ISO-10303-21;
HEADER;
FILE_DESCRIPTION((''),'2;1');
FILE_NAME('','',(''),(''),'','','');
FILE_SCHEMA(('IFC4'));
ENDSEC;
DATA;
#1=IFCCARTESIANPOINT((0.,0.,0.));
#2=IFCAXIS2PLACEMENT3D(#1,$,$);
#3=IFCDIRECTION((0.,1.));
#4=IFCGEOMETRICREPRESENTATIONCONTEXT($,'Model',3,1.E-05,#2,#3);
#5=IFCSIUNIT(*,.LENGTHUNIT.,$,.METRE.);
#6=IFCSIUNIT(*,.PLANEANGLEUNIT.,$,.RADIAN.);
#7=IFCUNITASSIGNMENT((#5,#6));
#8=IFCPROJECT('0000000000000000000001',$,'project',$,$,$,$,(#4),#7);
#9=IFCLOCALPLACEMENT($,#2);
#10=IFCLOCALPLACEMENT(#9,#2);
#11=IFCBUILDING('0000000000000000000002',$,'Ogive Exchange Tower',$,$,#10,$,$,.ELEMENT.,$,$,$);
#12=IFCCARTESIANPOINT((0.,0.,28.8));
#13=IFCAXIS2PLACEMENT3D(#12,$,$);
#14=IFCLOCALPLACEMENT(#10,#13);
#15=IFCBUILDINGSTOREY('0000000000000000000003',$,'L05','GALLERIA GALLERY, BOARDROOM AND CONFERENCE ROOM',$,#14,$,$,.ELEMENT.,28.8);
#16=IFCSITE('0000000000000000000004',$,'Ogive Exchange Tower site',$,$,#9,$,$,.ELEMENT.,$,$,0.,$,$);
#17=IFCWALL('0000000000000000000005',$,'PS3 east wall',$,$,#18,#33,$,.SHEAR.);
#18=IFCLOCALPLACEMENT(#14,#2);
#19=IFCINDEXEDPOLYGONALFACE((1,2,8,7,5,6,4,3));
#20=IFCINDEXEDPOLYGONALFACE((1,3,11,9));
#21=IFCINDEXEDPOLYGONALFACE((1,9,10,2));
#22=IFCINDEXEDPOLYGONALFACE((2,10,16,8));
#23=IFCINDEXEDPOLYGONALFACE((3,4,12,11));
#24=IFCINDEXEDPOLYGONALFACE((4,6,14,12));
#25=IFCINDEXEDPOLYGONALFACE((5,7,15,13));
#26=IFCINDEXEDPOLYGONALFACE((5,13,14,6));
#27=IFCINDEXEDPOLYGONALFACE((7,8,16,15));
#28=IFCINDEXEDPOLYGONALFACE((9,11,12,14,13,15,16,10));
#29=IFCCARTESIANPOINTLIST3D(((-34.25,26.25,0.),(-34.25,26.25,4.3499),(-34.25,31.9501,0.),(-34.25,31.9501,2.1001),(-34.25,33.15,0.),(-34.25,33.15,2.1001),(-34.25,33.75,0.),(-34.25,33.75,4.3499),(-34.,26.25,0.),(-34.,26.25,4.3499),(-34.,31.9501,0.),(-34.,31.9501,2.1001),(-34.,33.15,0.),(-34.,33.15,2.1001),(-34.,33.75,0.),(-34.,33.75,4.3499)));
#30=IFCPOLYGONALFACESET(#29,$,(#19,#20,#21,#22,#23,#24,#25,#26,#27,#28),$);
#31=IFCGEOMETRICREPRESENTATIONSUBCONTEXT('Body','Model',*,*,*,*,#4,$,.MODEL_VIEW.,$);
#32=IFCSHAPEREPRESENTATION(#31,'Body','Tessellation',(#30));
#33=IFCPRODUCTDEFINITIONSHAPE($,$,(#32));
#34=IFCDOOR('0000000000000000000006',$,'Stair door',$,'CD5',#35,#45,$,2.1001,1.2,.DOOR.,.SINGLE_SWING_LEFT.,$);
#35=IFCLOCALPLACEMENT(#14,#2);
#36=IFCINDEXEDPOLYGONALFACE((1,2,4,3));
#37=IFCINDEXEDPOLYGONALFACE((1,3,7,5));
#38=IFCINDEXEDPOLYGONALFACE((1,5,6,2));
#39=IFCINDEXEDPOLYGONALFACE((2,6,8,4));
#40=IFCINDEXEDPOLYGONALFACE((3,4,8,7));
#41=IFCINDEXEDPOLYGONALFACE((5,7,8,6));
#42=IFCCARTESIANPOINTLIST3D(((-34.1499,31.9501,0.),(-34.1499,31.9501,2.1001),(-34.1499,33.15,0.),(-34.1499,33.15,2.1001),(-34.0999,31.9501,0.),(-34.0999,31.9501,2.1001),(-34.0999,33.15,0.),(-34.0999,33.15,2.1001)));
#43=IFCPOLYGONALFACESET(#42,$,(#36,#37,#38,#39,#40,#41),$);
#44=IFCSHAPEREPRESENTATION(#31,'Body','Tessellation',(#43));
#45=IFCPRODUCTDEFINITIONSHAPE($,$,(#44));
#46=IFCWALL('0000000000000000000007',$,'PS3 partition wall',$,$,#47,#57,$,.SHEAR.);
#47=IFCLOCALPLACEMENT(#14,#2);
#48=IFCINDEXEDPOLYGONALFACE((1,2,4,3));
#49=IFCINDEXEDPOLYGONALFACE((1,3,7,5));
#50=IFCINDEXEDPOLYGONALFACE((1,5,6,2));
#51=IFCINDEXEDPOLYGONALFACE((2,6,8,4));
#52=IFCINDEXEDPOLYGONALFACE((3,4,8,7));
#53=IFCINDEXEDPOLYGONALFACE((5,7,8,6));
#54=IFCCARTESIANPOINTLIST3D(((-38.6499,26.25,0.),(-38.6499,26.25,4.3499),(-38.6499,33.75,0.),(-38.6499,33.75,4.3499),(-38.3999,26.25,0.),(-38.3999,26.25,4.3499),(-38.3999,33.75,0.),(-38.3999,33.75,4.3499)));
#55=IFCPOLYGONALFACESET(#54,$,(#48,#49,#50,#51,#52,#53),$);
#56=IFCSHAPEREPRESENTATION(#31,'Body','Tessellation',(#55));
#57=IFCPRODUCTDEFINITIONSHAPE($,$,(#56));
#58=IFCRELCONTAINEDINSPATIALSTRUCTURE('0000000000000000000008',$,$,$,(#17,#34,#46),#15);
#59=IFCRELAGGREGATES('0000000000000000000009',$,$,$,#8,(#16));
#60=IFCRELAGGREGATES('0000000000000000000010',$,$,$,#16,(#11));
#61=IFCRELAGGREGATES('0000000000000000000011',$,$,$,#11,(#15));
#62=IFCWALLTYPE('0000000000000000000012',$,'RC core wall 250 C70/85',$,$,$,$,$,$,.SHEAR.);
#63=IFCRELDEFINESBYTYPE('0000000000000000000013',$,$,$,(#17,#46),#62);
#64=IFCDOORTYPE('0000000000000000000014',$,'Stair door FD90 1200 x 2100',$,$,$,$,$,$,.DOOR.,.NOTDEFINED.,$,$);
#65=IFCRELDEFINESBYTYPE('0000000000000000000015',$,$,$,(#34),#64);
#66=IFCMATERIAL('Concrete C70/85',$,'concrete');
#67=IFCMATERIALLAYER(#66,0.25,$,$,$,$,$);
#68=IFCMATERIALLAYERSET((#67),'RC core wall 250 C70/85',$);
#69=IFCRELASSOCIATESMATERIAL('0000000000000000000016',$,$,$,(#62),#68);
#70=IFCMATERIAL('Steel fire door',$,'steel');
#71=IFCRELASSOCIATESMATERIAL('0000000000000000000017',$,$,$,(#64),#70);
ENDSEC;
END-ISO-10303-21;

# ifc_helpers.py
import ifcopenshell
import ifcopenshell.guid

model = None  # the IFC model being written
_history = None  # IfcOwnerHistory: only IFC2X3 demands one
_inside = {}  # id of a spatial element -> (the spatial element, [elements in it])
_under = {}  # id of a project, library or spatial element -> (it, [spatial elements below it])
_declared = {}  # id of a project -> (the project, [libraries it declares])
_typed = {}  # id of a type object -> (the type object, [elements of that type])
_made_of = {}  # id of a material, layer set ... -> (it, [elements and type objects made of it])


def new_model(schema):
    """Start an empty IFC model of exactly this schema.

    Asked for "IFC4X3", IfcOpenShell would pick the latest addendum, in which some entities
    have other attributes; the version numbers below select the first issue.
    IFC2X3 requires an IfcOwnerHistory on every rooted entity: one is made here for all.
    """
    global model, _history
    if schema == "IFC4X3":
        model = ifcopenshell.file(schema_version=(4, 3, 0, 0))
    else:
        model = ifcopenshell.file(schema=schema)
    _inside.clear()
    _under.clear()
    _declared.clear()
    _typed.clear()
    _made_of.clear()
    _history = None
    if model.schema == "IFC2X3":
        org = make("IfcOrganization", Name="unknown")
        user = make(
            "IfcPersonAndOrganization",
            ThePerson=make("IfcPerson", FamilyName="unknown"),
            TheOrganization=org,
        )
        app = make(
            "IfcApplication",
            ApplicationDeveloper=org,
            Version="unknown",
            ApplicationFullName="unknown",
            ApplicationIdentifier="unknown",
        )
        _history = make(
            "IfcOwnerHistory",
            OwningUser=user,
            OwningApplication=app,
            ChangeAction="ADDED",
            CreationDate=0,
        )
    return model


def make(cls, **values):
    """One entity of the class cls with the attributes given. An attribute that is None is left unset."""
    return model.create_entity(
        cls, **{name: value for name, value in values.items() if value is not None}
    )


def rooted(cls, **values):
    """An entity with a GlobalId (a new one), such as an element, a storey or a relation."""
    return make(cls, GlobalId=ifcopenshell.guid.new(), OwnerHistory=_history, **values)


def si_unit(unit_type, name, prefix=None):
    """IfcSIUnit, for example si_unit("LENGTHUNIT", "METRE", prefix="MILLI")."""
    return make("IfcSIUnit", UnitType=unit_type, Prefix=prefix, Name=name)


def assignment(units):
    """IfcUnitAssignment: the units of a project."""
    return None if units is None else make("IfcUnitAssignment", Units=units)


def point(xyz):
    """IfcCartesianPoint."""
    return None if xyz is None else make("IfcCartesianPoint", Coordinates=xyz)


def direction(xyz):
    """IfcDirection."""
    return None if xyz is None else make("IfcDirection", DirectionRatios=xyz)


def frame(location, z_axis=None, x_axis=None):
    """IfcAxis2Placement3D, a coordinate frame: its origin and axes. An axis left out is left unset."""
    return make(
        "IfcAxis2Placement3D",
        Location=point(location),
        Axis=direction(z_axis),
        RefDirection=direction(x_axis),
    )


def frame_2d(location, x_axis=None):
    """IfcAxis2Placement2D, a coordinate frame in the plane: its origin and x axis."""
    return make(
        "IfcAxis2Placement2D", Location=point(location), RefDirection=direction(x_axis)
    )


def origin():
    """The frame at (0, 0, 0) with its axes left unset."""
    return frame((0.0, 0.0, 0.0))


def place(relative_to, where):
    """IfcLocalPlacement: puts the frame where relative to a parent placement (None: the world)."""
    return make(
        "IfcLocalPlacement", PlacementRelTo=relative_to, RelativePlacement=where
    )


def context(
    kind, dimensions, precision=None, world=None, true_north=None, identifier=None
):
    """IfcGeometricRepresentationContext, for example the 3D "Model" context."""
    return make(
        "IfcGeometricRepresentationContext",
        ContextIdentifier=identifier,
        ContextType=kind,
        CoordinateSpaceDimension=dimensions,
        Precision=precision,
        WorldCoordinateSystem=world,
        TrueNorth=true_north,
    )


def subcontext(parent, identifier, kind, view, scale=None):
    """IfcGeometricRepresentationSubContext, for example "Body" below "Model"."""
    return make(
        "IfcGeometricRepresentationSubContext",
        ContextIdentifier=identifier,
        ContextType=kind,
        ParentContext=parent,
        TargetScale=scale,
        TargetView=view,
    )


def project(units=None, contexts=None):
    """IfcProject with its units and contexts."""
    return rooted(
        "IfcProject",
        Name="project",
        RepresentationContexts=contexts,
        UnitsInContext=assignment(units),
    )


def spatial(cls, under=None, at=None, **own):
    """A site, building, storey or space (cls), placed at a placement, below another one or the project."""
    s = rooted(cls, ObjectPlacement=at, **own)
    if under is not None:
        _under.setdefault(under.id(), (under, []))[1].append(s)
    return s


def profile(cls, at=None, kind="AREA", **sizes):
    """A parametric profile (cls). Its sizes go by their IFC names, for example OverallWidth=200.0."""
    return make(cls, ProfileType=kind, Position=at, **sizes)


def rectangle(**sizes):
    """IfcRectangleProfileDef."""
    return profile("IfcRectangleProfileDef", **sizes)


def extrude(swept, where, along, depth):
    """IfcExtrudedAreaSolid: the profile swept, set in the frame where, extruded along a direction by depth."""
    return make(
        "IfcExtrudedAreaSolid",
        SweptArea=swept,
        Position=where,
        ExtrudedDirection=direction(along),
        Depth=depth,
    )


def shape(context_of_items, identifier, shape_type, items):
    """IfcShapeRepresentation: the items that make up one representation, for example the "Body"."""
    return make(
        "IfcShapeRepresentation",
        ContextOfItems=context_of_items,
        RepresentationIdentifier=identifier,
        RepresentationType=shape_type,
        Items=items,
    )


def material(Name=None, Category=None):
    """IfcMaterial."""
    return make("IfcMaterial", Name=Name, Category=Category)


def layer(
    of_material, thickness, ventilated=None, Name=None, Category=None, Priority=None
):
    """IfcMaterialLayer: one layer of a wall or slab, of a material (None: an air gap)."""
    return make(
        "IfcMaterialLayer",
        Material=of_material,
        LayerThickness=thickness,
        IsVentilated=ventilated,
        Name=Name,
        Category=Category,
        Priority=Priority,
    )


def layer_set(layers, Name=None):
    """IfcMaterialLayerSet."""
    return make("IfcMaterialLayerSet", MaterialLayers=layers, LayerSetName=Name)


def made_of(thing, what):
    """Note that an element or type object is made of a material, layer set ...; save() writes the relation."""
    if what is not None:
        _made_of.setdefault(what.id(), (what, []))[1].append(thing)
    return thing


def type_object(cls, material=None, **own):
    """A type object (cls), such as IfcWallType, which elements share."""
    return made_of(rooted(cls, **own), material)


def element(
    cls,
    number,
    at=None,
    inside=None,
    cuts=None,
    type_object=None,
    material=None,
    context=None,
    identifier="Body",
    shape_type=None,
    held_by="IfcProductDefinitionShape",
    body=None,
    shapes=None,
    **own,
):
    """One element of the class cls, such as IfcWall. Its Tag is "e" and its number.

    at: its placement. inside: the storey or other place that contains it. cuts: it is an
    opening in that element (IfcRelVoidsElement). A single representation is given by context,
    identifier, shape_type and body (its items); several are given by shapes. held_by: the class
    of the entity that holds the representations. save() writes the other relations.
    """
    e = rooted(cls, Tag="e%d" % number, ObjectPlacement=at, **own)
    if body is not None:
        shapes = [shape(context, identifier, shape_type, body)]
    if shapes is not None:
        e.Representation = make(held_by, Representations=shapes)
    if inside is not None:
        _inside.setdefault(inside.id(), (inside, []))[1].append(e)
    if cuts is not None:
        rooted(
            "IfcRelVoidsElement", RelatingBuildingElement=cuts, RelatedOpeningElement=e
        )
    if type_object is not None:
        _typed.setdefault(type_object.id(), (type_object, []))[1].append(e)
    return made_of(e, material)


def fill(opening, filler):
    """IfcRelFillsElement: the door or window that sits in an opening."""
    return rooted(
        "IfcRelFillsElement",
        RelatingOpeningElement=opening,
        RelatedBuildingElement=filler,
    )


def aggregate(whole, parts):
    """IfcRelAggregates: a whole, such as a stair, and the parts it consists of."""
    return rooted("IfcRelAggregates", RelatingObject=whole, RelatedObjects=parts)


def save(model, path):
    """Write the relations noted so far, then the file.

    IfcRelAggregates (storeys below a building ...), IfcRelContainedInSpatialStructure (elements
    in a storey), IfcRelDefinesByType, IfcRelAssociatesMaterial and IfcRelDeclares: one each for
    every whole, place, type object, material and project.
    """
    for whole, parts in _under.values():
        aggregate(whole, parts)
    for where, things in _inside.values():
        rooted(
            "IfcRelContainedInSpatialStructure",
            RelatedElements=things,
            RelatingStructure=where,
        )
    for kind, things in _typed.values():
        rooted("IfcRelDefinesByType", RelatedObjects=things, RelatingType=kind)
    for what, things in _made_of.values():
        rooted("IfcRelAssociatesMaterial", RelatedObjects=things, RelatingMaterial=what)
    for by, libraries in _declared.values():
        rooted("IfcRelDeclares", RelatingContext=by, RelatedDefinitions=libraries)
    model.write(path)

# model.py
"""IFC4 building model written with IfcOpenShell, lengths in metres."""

from ifc_helpers import new_model, si_unit, direction, frame, frame_2d, origin, place, context, subcontext, project, spatial, rectangle, extrude, material, layer, layer_set, type_object, element, fill, save


model = new_model("IFC4")

# Units and contexts
model_context = context("Model", 3, precision=1e-05, world=origin(), true_north=direction((0.0, 1.0)))
body_context = subcontext(model_context, "Body", "Model", "MODEL_VIEW")
ifc_project = project(units=[si_unit("LENGTHUNIT", "METRE"), si_unit("PLANEANGLEUNIT", "RADIAN")], contexts=[model_context])

# Site, building, storey
site_placement = place(None, origin())
site = spatial("IfcSite", under=ifc_project, at=site_placement, Name="Ogive Exchange Tower site", CompositionType="ELEMENT", RefElevation=0.0)
building_placement = place(site_placement, origin())
building = spatial("IfcBuilding", under=site, at=building_placement, Name="Ogive Exchange Tower", CompositionType="ELEMENT")
storey_placement = place(building_placement, frame((0.0, 0.0, 28.8)))
storey = spatial("IfcBuildingStorey", under=building, at=storey_placement, Name="L05", Description="GALLERIA GALLERY, BOARDROOM AND CONFERENCE ROOM", CompositionType="ELEMENT", Elevation=28.8)

# Shared definitions
ifc_material_1 = material(Name="Concrete C70/85", Category="concrete")

# Shared definitions
ifc_layer_1 = layer(ifc_material_1, 0.25)
ifc_layer_set_1 = layer_set([ifc_layer_1], Name="RC core wall 250 C70/85")
wall_type_1 = type_object("IfcWallType", Name="RC core wall 250 C70/85", PredefinedType="SHEAR", material=ifc_layer_set_1)

# Wall, opening, door
ifc_material_2 = material(Name="Steel fire door", Category="steel")
wall_1_placement = place(storey_placement, frame((-34.125, 26.25, 0.0), z_axis=(0.0, 0.0, 1.0), x_axis=(0.0, 1.0, 0.0)))
wall_1 = element("IfcWall", 1, at=wall_1_placement, inside=storey, type_object=wall_type_1, Name="PS3 east wall", PredefinedType="SHEAR", context=body_context, shape_type="SweptSolid", body=[
    extrude(rectangle(XDim=7.5, YDim=0.25, at=frame_2d((3.75, 0.0))), origin(), (0.0, 0.0, 1.0), 4.3499),
])
opening_1_placement = place(wall_1_placement, frame((5.7, 0.0, 0.0)))
opening_1 = element("IfcOpeningElement", 2, at=opening_1_placement, cuts=wall_1, PredefinedType="OPENING", context=body_context, shape_type="SweptSolid", body=[
    extrude(rectangle(XDim=1.2, YDim=2.1001, at=frame_2d((0.6001, 1.05))), frame((0.0, 0.135, 0.0), z_axis=(0.0, -1.0, 0.0), x_axis=(1.0, 0.0, 0.0)), (0.0, 0.0, 1.0), 0.27),
])
door_type_1 = type_object("IfcDoorType", Name="Stair door FD90 1200 x 2100", OperationType="NOTDEFINED", PredefinedType="DOOR", material=ifc_material_2)
door_1_placement = place(opening_1_placement, origin())
door_1 = element("IfcDoor", 3, at=door_1_placement, inside=storey, type_object=door_type_1, Name="Stair door", ObjectType="CD5", OperationType="SINGLE_SWING_LEFT", OverallHeight=2.1001, OverallWidth=1.2, PredefinedType="DOOR", context=body_context, shape_type="SweptSolid", body=[
    extrude(rectangle(XDim=1.2, YDim=2.1001, at=frame_2d((0.6001, 1.05))), frame((0.0, 0.0249, 0.0), z_axis=(0.0, -1.0, 0.0), x_axis=(1.0, 0.0, 0.0)), (0.0, 0.0, 1.0), 0.05),
])
fill(opening_1, door_1)

# Wall
wall_2_placement = place(storey_placement, frame((-38.5249, 26.25, 0.0), z_axis=(0.0, 0.0, 1.0), x_axis=(0.0, 1.0, 0.0)))
element("IfcWall", 4, at=wall_2_placement, inside=storey, type_object=wall_type_1, Name="PS3 partition wall", PredefinedType="SHEAR", context=body_context, shape_type="SweptSolid", body=[
    extrude(rectangle(XDim=7.5, YDim=0.25, at=frame_2d((3.75, 0.0))), origin(), (0.0, 0.0, 1.0), 4.3499),
])

save(model, "model.ifc")
